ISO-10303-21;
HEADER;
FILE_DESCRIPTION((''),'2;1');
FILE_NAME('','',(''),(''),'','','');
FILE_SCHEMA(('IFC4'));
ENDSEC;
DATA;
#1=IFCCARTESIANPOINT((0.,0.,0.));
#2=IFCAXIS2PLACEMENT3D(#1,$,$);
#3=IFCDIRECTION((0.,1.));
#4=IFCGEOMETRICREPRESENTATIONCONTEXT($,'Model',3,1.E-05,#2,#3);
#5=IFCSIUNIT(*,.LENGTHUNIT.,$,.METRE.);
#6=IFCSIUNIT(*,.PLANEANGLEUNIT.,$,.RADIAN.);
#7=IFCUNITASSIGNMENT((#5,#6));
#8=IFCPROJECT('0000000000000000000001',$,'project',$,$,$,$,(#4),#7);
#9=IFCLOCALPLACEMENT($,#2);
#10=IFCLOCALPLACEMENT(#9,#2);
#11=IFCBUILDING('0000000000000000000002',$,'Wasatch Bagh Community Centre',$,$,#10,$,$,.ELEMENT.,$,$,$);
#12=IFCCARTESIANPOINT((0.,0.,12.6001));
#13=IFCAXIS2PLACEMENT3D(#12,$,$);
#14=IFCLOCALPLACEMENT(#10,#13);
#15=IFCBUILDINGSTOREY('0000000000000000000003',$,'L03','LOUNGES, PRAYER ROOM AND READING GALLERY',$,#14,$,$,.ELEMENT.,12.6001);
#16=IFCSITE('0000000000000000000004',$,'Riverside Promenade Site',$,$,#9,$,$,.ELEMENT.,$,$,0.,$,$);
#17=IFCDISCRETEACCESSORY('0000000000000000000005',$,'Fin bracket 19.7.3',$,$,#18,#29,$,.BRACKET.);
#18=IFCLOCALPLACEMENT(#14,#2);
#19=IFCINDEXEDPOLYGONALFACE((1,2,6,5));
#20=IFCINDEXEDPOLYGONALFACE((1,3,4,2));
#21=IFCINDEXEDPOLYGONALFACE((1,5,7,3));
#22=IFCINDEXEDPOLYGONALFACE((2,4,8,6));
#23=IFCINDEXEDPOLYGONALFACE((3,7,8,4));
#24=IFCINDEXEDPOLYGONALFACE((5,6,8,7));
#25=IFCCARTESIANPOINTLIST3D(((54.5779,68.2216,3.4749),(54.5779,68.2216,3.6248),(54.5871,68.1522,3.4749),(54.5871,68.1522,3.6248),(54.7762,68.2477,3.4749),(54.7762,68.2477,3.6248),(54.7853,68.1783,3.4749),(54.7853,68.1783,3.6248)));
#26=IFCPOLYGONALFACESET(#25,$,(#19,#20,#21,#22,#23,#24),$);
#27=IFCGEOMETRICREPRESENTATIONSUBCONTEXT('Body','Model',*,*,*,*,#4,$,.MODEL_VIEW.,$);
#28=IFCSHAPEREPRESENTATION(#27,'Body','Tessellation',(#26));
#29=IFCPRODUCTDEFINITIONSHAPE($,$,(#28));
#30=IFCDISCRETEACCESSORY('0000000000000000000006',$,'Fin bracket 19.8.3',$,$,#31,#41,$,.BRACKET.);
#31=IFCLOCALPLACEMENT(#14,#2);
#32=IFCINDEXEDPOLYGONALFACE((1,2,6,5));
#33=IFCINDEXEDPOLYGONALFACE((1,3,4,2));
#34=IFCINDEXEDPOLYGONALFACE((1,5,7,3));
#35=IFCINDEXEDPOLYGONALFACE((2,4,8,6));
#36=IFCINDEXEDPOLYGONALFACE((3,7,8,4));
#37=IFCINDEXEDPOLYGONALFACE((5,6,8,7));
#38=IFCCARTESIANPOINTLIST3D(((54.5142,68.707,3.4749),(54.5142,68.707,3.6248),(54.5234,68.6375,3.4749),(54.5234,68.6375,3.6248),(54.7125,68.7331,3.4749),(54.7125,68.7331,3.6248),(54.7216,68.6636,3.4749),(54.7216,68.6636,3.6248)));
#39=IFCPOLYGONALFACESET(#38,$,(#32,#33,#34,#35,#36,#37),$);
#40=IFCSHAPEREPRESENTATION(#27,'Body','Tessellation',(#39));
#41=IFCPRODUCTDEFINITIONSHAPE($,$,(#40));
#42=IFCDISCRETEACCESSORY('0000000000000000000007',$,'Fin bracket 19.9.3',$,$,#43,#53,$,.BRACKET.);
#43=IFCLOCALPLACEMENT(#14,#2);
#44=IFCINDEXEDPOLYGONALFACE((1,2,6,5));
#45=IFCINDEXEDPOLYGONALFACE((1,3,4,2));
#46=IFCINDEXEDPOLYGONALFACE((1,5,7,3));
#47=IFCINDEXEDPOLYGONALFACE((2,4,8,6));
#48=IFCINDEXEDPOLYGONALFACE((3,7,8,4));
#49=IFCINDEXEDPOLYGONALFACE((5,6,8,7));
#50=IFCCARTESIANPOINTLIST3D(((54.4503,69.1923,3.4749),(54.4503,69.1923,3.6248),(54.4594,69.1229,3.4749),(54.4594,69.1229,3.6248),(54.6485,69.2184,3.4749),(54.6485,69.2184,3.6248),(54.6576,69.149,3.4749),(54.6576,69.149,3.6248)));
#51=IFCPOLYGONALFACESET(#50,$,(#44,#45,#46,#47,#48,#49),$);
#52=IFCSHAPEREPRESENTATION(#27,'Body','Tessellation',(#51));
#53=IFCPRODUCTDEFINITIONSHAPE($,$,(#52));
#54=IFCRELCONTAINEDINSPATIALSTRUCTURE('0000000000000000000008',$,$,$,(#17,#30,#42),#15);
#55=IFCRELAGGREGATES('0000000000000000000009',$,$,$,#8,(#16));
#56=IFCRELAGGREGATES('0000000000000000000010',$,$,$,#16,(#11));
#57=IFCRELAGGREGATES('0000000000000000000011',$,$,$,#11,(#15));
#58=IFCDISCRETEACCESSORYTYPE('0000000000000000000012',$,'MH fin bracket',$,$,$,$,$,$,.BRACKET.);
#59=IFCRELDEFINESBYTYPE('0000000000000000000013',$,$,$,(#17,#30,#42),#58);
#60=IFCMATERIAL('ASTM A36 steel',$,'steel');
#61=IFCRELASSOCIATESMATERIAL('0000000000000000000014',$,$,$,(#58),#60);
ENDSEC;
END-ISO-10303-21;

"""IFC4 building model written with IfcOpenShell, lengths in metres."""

from ifc_helpers import new_model, si_unit, direction, frame, origin, origin_2d, place, context, subcontext, project, spatial, rectangle, extrude, material, type_object, element, save


model = new_model("IFC4")

# Units and contexts
model_context = context("Model", 3, precision=1e-05, world=origin(), true_north=direction((0.0, 1.0)))
body_context = subcontext(model_context, "Body", "Model", "MODEL_VIEW")
ifc_project = project(units=[si_unit("LENGTHUNIT", "METRE"), si_unit("PLANEANGLEUNIT", "RADIAN")], contexts=[model_context])

# Site, building, storey
site_placement = place(None, origin())
site = spatial("IfcSite", under=ifc_project, at=site_placement, Name="Riverside Promenade Site", CompositionType="ELEMENT", RefElevation=0.0)
building_placement = place(site_placement, origin())
building = spatial("IfcBuilding", under=site, at=building_placement, Name="Wasatch Bagh Community Centre", CompositionType="ELEMENT")
storey_placement = place(building_placement, frame((0.0, 0.0, 12.6001)))
storey = spatial("IfcBuildingStorey", under=building, at=storey_placement, Name="L03", Description="LOUNGES, PRAYER ROOM AND READING GALLERY", CompositionType="ELEMENT", Elevation=12.6001)

# Discrete accessories
ifc_material_1 = material(Name="ASTM A36 steel", Category="steel")
discrete_accessory_type = type_object("IfcDiscreteAccessoryType", Name="MH fin bracket", PredefinedType="BRACKET", material=ifc_material_1)
for number, where, z_axis, x_axis, name in (
    (1, (54.6816, 68.2, 3.4749), (0.0, 0.0, 1.0), (-0.130526, 0.991445, 0.0), "Fin bracket 19.7.3"),
    (2, (54.6179, 68.6853, 3.4749), (0.0, 0.0, 1.0), (-0.130526, 0.991445, 0.0), "Fin bracket 19.8.3"),
    (3, (54.554, 69.1707, 3.4749), (0.0, 0.0, 1.0), (-0.130526, 0.991445, 0.0), "Fin bracket 19.9.3"),
):
    element("IfcDiscreteAccessory", number, at=place(storey_placement, frame(where, z_axis=z_axis, x_axis=x_axis)), inside=storey, type_object=discrete_accessory_type, Name=name, PredefinedType="BRACKET", context=body_context, shape_type="SweptSolid", body=[
        extrude(rectangle(XDim=0.0701, YDim=0.2, at=origin_2d()), origin(), (0.0, 0.0, 1.0), 0.1499),
    ])

save(model, "model.ifc")
